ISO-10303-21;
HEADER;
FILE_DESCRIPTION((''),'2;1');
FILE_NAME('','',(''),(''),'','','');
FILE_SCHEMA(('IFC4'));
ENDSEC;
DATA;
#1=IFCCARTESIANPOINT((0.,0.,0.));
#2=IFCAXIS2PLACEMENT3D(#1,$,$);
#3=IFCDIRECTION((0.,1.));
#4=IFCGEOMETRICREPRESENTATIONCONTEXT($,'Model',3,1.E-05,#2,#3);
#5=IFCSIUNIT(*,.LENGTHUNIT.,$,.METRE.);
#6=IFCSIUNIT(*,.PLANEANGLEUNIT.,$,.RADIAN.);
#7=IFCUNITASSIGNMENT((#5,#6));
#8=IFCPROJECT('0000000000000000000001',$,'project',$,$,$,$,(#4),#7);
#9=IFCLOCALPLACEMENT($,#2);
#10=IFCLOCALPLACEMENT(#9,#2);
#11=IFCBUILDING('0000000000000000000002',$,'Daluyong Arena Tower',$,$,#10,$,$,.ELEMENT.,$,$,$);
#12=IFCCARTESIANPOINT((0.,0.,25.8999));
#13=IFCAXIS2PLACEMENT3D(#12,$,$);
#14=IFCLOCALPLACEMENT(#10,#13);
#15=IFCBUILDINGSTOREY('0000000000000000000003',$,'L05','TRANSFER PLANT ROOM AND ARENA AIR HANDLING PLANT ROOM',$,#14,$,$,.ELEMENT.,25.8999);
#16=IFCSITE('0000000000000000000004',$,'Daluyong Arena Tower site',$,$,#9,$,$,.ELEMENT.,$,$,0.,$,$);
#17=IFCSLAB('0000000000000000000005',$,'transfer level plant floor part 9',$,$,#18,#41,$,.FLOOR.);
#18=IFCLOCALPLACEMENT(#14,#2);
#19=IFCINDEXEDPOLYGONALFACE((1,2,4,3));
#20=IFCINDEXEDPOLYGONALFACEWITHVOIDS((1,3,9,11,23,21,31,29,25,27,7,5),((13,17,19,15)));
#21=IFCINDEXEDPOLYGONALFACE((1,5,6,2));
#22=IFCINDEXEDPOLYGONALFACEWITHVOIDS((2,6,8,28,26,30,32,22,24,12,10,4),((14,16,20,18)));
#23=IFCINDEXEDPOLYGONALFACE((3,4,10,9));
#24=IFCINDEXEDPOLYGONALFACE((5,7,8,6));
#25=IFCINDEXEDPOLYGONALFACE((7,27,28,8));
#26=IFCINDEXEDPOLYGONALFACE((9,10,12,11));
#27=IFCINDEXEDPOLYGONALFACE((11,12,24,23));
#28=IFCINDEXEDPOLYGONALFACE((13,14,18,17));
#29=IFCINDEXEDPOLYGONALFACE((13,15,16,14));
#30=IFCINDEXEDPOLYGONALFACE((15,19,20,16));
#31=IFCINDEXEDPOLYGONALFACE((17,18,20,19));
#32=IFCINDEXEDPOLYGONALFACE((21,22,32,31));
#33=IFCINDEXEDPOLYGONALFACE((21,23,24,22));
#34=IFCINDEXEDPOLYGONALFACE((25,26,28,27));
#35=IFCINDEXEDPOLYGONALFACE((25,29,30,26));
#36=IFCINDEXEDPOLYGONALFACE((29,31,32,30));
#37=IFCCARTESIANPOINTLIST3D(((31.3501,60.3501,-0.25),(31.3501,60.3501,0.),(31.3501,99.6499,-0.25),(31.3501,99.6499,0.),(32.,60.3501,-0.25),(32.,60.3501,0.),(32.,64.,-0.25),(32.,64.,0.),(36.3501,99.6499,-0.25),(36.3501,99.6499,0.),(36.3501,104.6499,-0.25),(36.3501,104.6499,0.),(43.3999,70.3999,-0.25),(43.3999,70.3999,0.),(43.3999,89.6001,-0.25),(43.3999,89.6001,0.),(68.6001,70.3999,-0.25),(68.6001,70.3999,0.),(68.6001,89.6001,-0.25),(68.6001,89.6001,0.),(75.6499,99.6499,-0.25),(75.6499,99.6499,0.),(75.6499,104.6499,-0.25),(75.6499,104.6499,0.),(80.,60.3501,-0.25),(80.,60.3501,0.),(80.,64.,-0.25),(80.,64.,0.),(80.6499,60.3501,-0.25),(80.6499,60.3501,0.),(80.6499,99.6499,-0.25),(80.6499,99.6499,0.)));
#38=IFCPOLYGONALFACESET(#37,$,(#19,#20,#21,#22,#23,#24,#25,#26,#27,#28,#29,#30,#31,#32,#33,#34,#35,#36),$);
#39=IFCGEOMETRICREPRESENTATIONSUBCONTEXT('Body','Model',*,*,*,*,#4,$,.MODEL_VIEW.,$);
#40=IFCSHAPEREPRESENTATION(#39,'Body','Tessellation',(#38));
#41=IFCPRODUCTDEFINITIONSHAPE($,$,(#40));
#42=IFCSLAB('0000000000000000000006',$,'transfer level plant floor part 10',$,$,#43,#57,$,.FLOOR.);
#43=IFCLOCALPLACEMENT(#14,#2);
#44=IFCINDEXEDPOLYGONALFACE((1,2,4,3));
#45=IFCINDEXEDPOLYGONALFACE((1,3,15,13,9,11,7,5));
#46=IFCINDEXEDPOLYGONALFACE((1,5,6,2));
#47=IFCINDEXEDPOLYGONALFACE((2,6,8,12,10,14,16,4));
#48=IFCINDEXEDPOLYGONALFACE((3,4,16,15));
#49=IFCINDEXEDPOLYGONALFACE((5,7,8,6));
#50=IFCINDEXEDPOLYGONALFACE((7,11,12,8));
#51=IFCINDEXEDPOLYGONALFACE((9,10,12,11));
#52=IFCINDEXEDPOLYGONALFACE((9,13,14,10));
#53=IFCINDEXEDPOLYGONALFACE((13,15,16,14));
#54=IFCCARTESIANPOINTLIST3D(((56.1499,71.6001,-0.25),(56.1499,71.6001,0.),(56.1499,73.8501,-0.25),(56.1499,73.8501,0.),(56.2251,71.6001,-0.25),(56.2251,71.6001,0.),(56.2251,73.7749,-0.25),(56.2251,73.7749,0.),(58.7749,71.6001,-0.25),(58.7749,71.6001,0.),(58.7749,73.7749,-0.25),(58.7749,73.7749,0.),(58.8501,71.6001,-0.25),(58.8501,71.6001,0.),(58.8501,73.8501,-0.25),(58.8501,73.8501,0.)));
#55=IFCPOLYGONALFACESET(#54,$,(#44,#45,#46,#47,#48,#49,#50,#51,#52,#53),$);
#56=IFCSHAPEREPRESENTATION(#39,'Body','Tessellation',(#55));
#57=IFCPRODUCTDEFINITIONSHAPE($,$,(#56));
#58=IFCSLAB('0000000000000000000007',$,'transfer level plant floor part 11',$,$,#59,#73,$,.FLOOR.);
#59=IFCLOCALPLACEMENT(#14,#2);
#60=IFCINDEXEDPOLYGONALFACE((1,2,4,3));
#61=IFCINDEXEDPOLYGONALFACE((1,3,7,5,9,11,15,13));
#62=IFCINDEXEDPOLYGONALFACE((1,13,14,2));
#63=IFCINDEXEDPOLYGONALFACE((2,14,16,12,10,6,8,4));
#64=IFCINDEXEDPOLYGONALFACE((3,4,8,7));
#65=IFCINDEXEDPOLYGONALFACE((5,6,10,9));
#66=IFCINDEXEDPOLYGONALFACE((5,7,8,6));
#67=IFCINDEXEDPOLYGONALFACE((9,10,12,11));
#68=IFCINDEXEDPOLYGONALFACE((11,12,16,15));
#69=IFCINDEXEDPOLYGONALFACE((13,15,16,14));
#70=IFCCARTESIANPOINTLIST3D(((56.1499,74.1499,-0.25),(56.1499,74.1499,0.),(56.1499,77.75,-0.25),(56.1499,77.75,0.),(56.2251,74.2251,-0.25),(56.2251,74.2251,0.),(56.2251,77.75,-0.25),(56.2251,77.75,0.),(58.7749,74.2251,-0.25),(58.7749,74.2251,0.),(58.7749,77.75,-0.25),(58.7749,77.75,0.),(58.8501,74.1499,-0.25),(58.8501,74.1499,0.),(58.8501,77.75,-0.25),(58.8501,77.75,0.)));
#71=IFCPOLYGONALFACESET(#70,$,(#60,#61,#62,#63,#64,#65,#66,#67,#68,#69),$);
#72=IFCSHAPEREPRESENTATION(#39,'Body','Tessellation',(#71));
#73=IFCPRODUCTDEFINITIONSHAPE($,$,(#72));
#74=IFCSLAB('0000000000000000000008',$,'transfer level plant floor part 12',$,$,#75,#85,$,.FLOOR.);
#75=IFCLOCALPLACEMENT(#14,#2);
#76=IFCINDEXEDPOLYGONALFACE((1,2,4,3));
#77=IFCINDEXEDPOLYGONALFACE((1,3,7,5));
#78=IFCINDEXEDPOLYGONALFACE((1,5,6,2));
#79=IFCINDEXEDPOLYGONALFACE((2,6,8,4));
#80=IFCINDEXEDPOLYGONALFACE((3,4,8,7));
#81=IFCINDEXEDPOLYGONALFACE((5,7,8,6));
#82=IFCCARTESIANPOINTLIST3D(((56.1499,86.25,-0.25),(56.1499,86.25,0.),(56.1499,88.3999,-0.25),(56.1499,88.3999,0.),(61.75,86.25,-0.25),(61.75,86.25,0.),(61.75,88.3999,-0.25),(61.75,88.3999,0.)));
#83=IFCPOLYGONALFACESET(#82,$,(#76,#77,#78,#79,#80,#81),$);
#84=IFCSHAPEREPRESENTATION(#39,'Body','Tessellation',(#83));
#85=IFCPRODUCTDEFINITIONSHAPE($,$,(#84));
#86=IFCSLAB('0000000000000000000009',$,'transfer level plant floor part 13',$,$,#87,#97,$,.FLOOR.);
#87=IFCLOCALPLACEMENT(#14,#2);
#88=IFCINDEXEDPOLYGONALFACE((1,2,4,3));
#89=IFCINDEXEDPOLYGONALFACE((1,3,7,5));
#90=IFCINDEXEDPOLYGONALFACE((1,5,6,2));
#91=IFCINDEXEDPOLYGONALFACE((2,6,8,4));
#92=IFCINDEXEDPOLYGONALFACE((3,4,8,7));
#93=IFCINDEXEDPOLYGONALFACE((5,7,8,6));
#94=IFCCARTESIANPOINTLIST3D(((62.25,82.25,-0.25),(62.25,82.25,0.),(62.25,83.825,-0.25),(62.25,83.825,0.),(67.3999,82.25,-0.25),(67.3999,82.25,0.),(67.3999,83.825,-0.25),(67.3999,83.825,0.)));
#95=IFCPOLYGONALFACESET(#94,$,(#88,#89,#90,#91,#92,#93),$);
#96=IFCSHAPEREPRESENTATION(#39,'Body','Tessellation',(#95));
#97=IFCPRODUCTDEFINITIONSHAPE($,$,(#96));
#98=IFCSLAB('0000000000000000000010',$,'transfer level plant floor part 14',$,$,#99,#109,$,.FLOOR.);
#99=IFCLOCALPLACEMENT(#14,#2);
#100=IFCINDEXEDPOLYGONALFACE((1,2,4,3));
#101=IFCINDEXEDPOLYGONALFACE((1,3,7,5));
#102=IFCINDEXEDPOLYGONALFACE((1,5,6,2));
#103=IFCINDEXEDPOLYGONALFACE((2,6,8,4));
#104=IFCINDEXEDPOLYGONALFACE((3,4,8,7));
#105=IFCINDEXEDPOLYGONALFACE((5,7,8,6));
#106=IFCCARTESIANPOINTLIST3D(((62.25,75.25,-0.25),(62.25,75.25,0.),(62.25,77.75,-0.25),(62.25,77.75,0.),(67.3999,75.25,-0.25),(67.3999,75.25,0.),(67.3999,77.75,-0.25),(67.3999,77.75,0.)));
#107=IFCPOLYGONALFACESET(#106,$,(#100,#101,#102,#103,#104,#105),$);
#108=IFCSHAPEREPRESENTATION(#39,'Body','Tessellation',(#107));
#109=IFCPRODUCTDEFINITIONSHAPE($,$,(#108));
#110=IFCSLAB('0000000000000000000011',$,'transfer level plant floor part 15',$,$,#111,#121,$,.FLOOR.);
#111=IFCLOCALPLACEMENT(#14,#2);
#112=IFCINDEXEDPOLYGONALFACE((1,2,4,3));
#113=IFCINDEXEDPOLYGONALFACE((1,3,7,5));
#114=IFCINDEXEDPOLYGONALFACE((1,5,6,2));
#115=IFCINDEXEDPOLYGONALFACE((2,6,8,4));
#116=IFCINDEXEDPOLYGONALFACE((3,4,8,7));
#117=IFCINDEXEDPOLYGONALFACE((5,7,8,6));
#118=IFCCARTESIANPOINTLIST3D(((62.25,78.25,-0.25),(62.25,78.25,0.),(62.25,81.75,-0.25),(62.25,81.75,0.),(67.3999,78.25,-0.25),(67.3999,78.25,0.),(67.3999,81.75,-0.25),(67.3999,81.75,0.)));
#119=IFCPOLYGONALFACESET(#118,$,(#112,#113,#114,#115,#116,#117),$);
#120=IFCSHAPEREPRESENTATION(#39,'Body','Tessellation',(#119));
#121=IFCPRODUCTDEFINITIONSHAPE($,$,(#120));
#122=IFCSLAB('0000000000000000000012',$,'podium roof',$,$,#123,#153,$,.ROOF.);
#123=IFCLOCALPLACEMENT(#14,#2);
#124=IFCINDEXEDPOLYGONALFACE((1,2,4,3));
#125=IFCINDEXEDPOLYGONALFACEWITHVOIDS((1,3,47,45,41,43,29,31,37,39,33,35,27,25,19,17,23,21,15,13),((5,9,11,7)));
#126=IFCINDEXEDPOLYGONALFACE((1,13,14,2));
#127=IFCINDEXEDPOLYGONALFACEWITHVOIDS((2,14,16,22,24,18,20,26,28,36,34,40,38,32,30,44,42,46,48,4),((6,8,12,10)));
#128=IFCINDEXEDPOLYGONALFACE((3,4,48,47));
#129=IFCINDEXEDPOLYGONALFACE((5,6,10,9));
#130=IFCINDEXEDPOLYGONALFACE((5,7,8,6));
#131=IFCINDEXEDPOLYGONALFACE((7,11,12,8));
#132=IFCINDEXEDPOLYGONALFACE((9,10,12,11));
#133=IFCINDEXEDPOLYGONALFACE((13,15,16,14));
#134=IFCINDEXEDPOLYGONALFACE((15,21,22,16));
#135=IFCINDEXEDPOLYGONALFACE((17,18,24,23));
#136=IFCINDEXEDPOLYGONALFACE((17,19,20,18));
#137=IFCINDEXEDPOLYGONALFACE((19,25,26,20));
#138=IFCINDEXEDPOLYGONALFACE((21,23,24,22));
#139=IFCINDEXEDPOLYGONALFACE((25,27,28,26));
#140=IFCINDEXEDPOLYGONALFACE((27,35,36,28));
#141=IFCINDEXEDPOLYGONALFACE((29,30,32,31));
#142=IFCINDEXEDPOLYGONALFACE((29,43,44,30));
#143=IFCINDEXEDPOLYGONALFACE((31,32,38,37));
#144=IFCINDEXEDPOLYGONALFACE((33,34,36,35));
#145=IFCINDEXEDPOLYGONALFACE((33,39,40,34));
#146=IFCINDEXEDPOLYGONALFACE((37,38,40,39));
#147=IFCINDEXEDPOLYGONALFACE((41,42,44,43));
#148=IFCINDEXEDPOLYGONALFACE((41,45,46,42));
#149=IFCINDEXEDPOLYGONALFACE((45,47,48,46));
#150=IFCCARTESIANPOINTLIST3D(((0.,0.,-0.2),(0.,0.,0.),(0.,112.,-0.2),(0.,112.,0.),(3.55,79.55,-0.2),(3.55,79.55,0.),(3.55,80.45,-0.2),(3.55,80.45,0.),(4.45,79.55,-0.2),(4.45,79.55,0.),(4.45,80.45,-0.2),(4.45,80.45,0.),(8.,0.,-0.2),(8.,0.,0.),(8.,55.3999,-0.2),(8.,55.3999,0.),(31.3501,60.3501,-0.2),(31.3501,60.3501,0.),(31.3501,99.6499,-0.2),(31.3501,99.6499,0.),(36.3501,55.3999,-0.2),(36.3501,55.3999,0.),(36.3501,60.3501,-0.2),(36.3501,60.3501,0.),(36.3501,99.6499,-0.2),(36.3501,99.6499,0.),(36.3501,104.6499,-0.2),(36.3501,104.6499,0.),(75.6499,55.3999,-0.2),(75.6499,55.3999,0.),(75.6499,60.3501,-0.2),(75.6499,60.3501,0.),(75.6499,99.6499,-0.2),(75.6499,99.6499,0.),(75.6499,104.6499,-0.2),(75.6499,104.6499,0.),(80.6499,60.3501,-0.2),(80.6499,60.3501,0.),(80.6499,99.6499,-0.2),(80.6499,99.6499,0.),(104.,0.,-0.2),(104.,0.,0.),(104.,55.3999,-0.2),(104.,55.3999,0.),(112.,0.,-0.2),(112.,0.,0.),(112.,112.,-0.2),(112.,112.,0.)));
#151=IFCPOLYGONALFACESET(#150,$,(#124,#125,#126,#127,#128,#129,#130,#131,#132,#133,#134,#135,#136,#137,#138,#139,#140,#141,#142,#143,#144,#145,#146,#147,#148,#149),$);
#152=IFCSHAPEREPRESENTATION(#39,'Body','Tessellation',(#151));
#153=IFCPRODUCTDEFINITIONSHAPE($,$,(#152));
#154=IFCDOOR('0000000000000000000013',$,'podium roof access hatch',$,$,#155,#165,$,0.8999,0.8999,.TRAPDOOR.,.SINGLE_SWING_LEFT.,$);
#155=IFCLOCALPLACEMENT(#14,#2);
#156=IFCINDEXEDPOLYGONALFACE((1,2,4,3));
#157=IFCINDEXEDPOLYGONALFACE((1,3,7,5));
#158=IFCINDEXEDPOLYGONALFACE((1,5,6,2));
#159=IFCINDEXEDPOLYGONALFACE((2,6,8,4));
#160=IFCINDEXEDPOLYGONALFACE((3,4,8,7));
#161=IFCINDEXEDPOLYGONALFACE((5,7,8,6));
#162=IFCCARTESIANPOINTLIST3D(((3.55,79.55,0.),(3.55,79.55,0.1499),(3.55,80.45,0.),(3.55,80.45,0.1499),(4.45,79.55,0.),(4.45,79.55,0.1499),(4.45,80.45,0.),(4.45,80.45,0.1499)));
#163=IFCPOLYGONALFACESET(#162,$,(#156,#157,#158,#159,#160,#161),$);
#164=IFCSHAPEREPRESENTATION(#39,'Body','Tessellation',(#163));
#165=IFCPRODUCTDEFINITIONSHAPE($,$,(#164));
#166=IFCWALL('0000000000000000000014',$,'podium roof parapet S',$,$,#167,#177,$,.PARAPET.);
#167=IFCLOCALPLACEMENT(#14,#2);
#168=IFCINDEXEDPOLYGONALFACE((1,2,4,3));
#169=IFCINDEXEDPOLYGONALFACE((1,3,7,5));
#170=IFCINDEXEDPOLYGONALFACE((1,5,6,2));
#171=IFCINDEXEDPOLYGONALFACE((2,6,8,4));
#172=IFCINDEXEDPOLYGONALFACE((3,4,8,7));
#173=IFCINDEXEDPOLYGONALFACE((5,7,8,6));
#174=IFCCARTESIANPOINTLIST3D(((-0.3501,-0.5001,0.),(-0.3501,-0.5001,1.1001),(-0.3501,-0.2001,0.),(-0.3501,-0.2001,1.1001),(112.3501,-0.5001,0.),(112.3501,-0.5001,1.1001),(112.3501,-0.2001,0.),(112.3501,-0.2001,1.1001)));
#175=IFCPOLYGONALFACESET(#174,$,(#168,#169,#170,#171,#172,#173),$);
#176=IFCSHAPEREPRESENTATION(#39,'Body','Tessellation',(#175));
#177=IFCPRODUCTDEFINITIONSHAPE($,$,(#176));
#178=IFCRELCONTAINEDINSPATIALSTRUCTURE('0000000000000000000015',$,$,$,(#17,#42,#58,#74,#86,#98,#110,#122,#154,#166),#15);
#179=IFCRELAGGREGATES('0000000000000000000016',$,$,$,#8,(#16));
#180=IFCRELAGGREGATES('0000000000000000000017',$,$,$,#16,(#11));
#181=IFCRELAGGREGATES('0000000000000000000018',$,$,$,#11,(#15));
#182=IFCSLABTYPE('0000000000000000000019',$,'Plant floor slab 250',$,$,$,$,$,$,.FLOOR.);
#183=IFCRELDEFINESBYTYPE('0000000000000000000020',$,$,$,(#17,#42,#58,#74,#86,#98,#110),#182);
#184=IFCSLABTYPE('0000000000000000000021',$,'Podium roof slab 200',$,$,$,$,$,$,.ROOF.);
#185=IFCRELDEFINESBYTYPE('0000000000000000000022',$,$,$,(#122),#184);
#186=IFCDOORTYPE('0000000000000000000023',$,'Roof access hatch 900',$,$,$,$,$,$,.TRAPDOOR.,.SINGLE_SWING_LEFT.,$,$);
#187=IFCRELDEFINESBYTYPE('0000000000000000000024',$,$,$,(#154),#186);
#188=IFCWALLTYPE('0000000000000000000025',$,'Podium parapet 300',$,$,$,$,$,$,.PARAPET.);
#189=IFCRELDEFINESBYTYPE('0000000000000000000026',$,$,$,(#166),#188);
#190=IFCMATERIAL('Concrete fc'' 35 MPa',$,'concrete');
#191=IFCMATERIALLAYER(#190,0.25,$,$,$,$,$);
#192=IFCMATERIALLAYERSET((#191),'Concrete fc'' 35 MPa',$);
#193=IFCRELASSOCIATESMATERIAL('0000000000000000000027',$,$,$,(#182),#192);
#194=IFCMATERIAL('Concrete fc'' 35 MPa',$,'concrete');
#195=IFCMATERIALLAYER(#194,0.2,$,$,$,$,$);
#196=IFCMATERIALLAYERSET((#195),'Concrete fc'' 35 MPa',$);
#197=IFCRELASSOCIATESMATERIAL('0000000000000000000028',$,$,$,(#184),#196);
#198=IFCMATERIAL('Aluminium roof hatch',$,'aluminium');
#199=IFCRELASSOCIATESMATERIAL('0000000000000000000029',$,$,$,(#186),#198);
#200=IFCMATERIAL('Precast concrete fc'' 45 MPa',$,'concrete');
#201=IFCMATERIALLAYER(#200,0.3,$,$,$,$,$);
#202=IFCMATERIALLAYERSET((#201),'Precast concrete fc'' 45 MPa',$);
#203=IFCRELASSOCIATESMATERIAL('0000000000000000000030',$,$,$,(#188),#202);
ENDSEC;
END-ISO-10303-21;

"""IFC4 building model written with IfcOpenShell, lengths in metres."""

from ifc_helpers import new_model, si_unit, direction, frame, frame_2d, origin, origin_2d, place, context, subcontext, project, spatial, polyline, rectangle, outline, extrude, material, layer, layer_set, type_object, element, fill, save


model = new_model("IFC4")

# Units and contexts
model_context = context("Model", 3, precision=1e-05, world=origin(), true_north=direction((0.0, 1.0)))
body_context = subcontext(model_context, "Body", "Model", "MODEL_VIEW")
ifc_project = project(units=[si_unit("LENGTHUNIT", "METRE"), si_unit("PLANEANGLEUNIT", "RADIAN")], contexts=[model_context])

# Site, building, storey
site_placement = place(None, origin())
site = spatial("IfcSite", under=ifc_project, at=site_placement, Name="Daluyong Arena Tower site", CompositionType="ELEMENT", RefElevation=0.0)
building_placement = place(site_placement, origin())
building = spatial("IfcBuilding", under=site, at=building_placement, Name="Daluyong Arena Tower", CompositionType="ELEMENT")
storey_placement = place(building_placement, frame((0.0, 0.0, 25.8999)))
storey = spatial("IfcBuildingStorey", under=building, at=storey_placement, Name="L05", Description="TRANSFER PLANT ROOM AND ARENA AIR HANDLING PLANT ROOM", CompositionType="ELEMENT", Elevation=25.8999)

# Slabs
ifc_material_1 = material(Name="Concrete fc' 35 MPa", Category="concrete")
ifc_layer_1 = layer(ifc_material_1, 0.25)
ifc_layer_set_1 = layer_set([ifc_layer_1], Name="Concrete fc' 35 MPa")
slab_type_1 = type_object("IfcSlabType", Name="Plant floor slab 250", PredefinedType="FLOOR", material=ifc_layer_set_1)
slab_1_placement = place(storey_placement, frame((0.0, 0.0, -0.25)))
element("IfcSlab", 1, at=slab_1_placement, inside=storey, type_object=slab_type_1, Name="transfer level plant floor part 9", PredefinedType="FLOOR", context=body_context, shape_type="SweptSolid", body=[
    extrude(outline(polyline([(31.3501, 99.6499), (31.3501, 60.3501), (32.0, 60.3501), (32.0, 64.0), (80.0, 64.0), (80.0, 60.3501), (80.6499, 60.3501), (80.6499, 99.6499), (75.6499, 99.6499), (75.6499, 104.6499), (36.3501, 104.6499), (36.3501, 99.6499), (31.3501, 99.6499)]), holes=[polyline([(68.6001, 89.6001), (68.6001, 70.3999), (43.3999, 70.3999), (43.3999, 89.6001), (68.6001, 89.6001)])]), origin(), (0.0, 0.0, 1.0), 0.25),
])
slab_2_placement = place(storey_placement, frame((0.0, 0.0, -0.25)))
element("IfcSlab", 2, at=slab_2_placement, inside=storey, type_object=slab_type_1, Name="transfer level plant floor part 10", PredefinedType="FLOOR", context=body_context, shape_type="SweptSolid", body=[
    extrude(outline(polyline([(58.7749, 73.7749), (58.7749, 71.6001), (58.8501, 71.6001), (58.8501, 73.8501), (56.1499, 73.8501), (56.1499, 71.6001), (56.2251, 71.6001), (56.2251, 73.7749), (58.7749, 73.7749)])), origin(), (0.0, 0.0, 1.0), 0.25),
])
slab_3_placement = place(storey_placement, frame((0.0, 0.0, -0.25)))
element("IfcSlab", 3, at=slab_3_placement, inside=storey, type_object=slab_type_1, Name="transfer level plant floor part 11", PredefinedType="FLOOR", context=body_context, shape_type="SweptSolid", body=[
    extrude(outline(polyline([(56.1499, 77.75), (56.1499, 74.1499), (58.8501, 74.1499), (58.8501, 77.75), (58.7749, 77.75), (58.7749, 74.2251), (56.2251, 74.2251), (56.2251, 77.75), (56.1499, 77.75)])), origin(), (0.0, 0.0, 1.0), 0.25),
])
slab_4_placement = place(storey_placement, frame((0.0, 0.0, -0.25)))
element("IfcSlab", 4, at=slab_4_placement, inside=storey, type_object=slab_type_1, Name="transfer level plant floor part 12", PredefinedType="FLOOR", context=body_context, shape_type="SweptSolid", body=[
    extrude(outline(polyline([(56.1499, 86.25), (61.75, 86.25), (61.75, 88.3999), (56.1499, 88.3999), (56.1499, 86.25)])), origin(), (0.0, 0.0, 1.0), 0.25),
])
slab_5_placement = place(storey_placement, frame((0.0, 0.0, -0.25)))
element("IfcSlab", 5, at=slab_5_placement, inside=storey, type_object=slab_type_1, Name="transfer level plant floor part 13", PredefinedType="FLOOR", context=body_context, shape_type="SweptSolid", body=[
    extrude(outline(polyline([(67.3999, 82.25), (67.3999, 83.825), (62.25, 83.825), (62.25, 82.25), (67.3999, 82.25)])), origin(), (0.0, 0.0, 1.0), 0.25),
])
slab_6_placement = place(storey_placement, frame((0.0, 0.0, -0.25)))
element("IfcSlab", 6, at=slab_6_placement, inside=storey, type_object=slab_type_1, Name="transfer level plant floor part 14", PredefinedType="FLOOR", context=body_context, shape_type="SweptSolid", body=[
    extrude(outline(polyline([(67.3999, 75.25), (67.3999, 77.75), (62.25, 77.75), (62.25, 75.25), (67.3999, 75.25)])), origin(), (0.0, 0.0, 1.0), 0.25),
])
slab_7_placement = place(storey_placement, frame((0.0, 0.0, -0.25)))
element("IfcSlab", 7, at=slab_7_placement, inside=storey, type_object=slab_type_1, Name="transfer level plant floor part 15", PredefinedType="FLOOR", context=body_context, shape_type="SweptSolid", body=[
    extrude(outline(polyline([(67.3999, 78.25), (67.3999, 81.75), (62.25, 81.75), (62.25, 78.25), (67.3999, 78.25)])), origin(), (0.0, 0.0, 1.0), 0.25),
])

# Slab, opening, door
ifc_material_2 = material(Name="Concrete fc' 35 MPa", Category="concrete")
ifc_layer_2 = layer(ifc_material_2, 0.2)
ifc_layer_set_2 = layer_set([ifc_layer_2], Name="Concrete fc' 35 MPa")
slab_type_2 = type_object("IfcSlabType", Name="Podium roof slab 200", PredefinedType="ROOF", material=ifc_layer_set_2)
slab_8_placement = place(storey_placement, frame((0.0, 0.0, -0.2)))
slab_8 = element("IfcSlab", 8, at=slab_8_placement, inside=storey, type_object=slab_type_2, Name="podium roof", PredefinedType="ROOF", context=body_context, shape_type="SweptSolid", body=[
    extrude(outline(polyline([(0.0, 112.0), (0.0, 0.0), (8.0, 0.0), (8.0, 55.3999), (36.3501, 55.3999), (36.3501, 60.3501), (31.3501, 60.3501), (31.3501, 99.6499), (36.3501, 99.6499), (36.3501, 104.6499), (75.6499, 104.6499), (75.6499, 99.6499), (80.6499, 99.6499), (80.6499, 60.3501), (75.6499, 60.3501), (75.6499, 55.3999), (104.0, 55.3999), (104.0, 0.0), (112.0, 0.0), (112.0, 112.0), (0.0, 112.0)])), origin(), (0.0, 0.0, 1.0), 0.2),
])
opening_placement = place(slab_8_placement, frame((4.0, 80.0, -0.01)))
opening = element("IfcOpeningElement", 9, at=opening_placement, cuts=slab_8, PredefinedType="OPENING", context=body_context, shape_type="SweptSolid", body=[
    extrude(rectangle(XDim=0.8999, YDim=0.8999, at=origin_2d()), origin(), (0.0, 0.0, 1.0), 0.3699),
])
ifc_material_3 = material(Name="Aluminium roof hatch", Category="aluminium")
door_type = type_object("IfcDoorType", Name="Roof access hatch 900", OperationType="SINGLE_SWING_LEFT", PredefinedType="TRAPDOOR", material=ifc_material_3)
door_placement = place(opening_placement, frame((0.0, 0.0, 0.21)))
door = element("IfcDoor", 10, at=door_placement, inside=storey, type_object=door_type, Name="podium roof access hatch", OperationType="SINGLE_SWING_LEFT", OverallHeight=0.8999, OverallWidth=0.8999, PredefinedType="TRAPDOOR", context=body_context, shape_type="SweptSolid", body=[
    extrude(rectangle(XDim=0.8999, YDim=0.8999, at=origin_2d()), origin(), (0.0, 0.0, 1.0), 0.1499),
])
fill(opening, door)

# Wall
ifc_material_4 = material(Name="Precast concrete fc' 45 MPa", Category="concrete")
ifc_layer_3 = layer(ifc_material_4, 0.3)
ifc_layer_set_3 = layer_set([ifc_layer_3], Name="Precast concrete fc' 45 MPa")
wall_type = type_object("IfcWallType", Name="Podium parapet 300", PredefinedType="PARAPET", material=ifc_layer_set_3)
wall_placement = place(storey_placement, frame((-0.3501, -0.3501, 0.0), z_axis=(0.0, 0.0, 1.0), x_axis=(1.0, 0.0, 0.0)))
element("IfcWall", 11, at=wall_placement, inside=storey, type_object=wall_type, Name="podium roof parapet S", PredefinedType="PARAPET", context=body_context, shape_type="SweptSolid", body=[
    extrude(rectangle(XDim=112.7002, YDim=0.3, at=frame_2d((56.3501, 0.0))), origin(), (0.0, 0.0, 1.0), 1.1001),
])

save(model, "model.ifc")
